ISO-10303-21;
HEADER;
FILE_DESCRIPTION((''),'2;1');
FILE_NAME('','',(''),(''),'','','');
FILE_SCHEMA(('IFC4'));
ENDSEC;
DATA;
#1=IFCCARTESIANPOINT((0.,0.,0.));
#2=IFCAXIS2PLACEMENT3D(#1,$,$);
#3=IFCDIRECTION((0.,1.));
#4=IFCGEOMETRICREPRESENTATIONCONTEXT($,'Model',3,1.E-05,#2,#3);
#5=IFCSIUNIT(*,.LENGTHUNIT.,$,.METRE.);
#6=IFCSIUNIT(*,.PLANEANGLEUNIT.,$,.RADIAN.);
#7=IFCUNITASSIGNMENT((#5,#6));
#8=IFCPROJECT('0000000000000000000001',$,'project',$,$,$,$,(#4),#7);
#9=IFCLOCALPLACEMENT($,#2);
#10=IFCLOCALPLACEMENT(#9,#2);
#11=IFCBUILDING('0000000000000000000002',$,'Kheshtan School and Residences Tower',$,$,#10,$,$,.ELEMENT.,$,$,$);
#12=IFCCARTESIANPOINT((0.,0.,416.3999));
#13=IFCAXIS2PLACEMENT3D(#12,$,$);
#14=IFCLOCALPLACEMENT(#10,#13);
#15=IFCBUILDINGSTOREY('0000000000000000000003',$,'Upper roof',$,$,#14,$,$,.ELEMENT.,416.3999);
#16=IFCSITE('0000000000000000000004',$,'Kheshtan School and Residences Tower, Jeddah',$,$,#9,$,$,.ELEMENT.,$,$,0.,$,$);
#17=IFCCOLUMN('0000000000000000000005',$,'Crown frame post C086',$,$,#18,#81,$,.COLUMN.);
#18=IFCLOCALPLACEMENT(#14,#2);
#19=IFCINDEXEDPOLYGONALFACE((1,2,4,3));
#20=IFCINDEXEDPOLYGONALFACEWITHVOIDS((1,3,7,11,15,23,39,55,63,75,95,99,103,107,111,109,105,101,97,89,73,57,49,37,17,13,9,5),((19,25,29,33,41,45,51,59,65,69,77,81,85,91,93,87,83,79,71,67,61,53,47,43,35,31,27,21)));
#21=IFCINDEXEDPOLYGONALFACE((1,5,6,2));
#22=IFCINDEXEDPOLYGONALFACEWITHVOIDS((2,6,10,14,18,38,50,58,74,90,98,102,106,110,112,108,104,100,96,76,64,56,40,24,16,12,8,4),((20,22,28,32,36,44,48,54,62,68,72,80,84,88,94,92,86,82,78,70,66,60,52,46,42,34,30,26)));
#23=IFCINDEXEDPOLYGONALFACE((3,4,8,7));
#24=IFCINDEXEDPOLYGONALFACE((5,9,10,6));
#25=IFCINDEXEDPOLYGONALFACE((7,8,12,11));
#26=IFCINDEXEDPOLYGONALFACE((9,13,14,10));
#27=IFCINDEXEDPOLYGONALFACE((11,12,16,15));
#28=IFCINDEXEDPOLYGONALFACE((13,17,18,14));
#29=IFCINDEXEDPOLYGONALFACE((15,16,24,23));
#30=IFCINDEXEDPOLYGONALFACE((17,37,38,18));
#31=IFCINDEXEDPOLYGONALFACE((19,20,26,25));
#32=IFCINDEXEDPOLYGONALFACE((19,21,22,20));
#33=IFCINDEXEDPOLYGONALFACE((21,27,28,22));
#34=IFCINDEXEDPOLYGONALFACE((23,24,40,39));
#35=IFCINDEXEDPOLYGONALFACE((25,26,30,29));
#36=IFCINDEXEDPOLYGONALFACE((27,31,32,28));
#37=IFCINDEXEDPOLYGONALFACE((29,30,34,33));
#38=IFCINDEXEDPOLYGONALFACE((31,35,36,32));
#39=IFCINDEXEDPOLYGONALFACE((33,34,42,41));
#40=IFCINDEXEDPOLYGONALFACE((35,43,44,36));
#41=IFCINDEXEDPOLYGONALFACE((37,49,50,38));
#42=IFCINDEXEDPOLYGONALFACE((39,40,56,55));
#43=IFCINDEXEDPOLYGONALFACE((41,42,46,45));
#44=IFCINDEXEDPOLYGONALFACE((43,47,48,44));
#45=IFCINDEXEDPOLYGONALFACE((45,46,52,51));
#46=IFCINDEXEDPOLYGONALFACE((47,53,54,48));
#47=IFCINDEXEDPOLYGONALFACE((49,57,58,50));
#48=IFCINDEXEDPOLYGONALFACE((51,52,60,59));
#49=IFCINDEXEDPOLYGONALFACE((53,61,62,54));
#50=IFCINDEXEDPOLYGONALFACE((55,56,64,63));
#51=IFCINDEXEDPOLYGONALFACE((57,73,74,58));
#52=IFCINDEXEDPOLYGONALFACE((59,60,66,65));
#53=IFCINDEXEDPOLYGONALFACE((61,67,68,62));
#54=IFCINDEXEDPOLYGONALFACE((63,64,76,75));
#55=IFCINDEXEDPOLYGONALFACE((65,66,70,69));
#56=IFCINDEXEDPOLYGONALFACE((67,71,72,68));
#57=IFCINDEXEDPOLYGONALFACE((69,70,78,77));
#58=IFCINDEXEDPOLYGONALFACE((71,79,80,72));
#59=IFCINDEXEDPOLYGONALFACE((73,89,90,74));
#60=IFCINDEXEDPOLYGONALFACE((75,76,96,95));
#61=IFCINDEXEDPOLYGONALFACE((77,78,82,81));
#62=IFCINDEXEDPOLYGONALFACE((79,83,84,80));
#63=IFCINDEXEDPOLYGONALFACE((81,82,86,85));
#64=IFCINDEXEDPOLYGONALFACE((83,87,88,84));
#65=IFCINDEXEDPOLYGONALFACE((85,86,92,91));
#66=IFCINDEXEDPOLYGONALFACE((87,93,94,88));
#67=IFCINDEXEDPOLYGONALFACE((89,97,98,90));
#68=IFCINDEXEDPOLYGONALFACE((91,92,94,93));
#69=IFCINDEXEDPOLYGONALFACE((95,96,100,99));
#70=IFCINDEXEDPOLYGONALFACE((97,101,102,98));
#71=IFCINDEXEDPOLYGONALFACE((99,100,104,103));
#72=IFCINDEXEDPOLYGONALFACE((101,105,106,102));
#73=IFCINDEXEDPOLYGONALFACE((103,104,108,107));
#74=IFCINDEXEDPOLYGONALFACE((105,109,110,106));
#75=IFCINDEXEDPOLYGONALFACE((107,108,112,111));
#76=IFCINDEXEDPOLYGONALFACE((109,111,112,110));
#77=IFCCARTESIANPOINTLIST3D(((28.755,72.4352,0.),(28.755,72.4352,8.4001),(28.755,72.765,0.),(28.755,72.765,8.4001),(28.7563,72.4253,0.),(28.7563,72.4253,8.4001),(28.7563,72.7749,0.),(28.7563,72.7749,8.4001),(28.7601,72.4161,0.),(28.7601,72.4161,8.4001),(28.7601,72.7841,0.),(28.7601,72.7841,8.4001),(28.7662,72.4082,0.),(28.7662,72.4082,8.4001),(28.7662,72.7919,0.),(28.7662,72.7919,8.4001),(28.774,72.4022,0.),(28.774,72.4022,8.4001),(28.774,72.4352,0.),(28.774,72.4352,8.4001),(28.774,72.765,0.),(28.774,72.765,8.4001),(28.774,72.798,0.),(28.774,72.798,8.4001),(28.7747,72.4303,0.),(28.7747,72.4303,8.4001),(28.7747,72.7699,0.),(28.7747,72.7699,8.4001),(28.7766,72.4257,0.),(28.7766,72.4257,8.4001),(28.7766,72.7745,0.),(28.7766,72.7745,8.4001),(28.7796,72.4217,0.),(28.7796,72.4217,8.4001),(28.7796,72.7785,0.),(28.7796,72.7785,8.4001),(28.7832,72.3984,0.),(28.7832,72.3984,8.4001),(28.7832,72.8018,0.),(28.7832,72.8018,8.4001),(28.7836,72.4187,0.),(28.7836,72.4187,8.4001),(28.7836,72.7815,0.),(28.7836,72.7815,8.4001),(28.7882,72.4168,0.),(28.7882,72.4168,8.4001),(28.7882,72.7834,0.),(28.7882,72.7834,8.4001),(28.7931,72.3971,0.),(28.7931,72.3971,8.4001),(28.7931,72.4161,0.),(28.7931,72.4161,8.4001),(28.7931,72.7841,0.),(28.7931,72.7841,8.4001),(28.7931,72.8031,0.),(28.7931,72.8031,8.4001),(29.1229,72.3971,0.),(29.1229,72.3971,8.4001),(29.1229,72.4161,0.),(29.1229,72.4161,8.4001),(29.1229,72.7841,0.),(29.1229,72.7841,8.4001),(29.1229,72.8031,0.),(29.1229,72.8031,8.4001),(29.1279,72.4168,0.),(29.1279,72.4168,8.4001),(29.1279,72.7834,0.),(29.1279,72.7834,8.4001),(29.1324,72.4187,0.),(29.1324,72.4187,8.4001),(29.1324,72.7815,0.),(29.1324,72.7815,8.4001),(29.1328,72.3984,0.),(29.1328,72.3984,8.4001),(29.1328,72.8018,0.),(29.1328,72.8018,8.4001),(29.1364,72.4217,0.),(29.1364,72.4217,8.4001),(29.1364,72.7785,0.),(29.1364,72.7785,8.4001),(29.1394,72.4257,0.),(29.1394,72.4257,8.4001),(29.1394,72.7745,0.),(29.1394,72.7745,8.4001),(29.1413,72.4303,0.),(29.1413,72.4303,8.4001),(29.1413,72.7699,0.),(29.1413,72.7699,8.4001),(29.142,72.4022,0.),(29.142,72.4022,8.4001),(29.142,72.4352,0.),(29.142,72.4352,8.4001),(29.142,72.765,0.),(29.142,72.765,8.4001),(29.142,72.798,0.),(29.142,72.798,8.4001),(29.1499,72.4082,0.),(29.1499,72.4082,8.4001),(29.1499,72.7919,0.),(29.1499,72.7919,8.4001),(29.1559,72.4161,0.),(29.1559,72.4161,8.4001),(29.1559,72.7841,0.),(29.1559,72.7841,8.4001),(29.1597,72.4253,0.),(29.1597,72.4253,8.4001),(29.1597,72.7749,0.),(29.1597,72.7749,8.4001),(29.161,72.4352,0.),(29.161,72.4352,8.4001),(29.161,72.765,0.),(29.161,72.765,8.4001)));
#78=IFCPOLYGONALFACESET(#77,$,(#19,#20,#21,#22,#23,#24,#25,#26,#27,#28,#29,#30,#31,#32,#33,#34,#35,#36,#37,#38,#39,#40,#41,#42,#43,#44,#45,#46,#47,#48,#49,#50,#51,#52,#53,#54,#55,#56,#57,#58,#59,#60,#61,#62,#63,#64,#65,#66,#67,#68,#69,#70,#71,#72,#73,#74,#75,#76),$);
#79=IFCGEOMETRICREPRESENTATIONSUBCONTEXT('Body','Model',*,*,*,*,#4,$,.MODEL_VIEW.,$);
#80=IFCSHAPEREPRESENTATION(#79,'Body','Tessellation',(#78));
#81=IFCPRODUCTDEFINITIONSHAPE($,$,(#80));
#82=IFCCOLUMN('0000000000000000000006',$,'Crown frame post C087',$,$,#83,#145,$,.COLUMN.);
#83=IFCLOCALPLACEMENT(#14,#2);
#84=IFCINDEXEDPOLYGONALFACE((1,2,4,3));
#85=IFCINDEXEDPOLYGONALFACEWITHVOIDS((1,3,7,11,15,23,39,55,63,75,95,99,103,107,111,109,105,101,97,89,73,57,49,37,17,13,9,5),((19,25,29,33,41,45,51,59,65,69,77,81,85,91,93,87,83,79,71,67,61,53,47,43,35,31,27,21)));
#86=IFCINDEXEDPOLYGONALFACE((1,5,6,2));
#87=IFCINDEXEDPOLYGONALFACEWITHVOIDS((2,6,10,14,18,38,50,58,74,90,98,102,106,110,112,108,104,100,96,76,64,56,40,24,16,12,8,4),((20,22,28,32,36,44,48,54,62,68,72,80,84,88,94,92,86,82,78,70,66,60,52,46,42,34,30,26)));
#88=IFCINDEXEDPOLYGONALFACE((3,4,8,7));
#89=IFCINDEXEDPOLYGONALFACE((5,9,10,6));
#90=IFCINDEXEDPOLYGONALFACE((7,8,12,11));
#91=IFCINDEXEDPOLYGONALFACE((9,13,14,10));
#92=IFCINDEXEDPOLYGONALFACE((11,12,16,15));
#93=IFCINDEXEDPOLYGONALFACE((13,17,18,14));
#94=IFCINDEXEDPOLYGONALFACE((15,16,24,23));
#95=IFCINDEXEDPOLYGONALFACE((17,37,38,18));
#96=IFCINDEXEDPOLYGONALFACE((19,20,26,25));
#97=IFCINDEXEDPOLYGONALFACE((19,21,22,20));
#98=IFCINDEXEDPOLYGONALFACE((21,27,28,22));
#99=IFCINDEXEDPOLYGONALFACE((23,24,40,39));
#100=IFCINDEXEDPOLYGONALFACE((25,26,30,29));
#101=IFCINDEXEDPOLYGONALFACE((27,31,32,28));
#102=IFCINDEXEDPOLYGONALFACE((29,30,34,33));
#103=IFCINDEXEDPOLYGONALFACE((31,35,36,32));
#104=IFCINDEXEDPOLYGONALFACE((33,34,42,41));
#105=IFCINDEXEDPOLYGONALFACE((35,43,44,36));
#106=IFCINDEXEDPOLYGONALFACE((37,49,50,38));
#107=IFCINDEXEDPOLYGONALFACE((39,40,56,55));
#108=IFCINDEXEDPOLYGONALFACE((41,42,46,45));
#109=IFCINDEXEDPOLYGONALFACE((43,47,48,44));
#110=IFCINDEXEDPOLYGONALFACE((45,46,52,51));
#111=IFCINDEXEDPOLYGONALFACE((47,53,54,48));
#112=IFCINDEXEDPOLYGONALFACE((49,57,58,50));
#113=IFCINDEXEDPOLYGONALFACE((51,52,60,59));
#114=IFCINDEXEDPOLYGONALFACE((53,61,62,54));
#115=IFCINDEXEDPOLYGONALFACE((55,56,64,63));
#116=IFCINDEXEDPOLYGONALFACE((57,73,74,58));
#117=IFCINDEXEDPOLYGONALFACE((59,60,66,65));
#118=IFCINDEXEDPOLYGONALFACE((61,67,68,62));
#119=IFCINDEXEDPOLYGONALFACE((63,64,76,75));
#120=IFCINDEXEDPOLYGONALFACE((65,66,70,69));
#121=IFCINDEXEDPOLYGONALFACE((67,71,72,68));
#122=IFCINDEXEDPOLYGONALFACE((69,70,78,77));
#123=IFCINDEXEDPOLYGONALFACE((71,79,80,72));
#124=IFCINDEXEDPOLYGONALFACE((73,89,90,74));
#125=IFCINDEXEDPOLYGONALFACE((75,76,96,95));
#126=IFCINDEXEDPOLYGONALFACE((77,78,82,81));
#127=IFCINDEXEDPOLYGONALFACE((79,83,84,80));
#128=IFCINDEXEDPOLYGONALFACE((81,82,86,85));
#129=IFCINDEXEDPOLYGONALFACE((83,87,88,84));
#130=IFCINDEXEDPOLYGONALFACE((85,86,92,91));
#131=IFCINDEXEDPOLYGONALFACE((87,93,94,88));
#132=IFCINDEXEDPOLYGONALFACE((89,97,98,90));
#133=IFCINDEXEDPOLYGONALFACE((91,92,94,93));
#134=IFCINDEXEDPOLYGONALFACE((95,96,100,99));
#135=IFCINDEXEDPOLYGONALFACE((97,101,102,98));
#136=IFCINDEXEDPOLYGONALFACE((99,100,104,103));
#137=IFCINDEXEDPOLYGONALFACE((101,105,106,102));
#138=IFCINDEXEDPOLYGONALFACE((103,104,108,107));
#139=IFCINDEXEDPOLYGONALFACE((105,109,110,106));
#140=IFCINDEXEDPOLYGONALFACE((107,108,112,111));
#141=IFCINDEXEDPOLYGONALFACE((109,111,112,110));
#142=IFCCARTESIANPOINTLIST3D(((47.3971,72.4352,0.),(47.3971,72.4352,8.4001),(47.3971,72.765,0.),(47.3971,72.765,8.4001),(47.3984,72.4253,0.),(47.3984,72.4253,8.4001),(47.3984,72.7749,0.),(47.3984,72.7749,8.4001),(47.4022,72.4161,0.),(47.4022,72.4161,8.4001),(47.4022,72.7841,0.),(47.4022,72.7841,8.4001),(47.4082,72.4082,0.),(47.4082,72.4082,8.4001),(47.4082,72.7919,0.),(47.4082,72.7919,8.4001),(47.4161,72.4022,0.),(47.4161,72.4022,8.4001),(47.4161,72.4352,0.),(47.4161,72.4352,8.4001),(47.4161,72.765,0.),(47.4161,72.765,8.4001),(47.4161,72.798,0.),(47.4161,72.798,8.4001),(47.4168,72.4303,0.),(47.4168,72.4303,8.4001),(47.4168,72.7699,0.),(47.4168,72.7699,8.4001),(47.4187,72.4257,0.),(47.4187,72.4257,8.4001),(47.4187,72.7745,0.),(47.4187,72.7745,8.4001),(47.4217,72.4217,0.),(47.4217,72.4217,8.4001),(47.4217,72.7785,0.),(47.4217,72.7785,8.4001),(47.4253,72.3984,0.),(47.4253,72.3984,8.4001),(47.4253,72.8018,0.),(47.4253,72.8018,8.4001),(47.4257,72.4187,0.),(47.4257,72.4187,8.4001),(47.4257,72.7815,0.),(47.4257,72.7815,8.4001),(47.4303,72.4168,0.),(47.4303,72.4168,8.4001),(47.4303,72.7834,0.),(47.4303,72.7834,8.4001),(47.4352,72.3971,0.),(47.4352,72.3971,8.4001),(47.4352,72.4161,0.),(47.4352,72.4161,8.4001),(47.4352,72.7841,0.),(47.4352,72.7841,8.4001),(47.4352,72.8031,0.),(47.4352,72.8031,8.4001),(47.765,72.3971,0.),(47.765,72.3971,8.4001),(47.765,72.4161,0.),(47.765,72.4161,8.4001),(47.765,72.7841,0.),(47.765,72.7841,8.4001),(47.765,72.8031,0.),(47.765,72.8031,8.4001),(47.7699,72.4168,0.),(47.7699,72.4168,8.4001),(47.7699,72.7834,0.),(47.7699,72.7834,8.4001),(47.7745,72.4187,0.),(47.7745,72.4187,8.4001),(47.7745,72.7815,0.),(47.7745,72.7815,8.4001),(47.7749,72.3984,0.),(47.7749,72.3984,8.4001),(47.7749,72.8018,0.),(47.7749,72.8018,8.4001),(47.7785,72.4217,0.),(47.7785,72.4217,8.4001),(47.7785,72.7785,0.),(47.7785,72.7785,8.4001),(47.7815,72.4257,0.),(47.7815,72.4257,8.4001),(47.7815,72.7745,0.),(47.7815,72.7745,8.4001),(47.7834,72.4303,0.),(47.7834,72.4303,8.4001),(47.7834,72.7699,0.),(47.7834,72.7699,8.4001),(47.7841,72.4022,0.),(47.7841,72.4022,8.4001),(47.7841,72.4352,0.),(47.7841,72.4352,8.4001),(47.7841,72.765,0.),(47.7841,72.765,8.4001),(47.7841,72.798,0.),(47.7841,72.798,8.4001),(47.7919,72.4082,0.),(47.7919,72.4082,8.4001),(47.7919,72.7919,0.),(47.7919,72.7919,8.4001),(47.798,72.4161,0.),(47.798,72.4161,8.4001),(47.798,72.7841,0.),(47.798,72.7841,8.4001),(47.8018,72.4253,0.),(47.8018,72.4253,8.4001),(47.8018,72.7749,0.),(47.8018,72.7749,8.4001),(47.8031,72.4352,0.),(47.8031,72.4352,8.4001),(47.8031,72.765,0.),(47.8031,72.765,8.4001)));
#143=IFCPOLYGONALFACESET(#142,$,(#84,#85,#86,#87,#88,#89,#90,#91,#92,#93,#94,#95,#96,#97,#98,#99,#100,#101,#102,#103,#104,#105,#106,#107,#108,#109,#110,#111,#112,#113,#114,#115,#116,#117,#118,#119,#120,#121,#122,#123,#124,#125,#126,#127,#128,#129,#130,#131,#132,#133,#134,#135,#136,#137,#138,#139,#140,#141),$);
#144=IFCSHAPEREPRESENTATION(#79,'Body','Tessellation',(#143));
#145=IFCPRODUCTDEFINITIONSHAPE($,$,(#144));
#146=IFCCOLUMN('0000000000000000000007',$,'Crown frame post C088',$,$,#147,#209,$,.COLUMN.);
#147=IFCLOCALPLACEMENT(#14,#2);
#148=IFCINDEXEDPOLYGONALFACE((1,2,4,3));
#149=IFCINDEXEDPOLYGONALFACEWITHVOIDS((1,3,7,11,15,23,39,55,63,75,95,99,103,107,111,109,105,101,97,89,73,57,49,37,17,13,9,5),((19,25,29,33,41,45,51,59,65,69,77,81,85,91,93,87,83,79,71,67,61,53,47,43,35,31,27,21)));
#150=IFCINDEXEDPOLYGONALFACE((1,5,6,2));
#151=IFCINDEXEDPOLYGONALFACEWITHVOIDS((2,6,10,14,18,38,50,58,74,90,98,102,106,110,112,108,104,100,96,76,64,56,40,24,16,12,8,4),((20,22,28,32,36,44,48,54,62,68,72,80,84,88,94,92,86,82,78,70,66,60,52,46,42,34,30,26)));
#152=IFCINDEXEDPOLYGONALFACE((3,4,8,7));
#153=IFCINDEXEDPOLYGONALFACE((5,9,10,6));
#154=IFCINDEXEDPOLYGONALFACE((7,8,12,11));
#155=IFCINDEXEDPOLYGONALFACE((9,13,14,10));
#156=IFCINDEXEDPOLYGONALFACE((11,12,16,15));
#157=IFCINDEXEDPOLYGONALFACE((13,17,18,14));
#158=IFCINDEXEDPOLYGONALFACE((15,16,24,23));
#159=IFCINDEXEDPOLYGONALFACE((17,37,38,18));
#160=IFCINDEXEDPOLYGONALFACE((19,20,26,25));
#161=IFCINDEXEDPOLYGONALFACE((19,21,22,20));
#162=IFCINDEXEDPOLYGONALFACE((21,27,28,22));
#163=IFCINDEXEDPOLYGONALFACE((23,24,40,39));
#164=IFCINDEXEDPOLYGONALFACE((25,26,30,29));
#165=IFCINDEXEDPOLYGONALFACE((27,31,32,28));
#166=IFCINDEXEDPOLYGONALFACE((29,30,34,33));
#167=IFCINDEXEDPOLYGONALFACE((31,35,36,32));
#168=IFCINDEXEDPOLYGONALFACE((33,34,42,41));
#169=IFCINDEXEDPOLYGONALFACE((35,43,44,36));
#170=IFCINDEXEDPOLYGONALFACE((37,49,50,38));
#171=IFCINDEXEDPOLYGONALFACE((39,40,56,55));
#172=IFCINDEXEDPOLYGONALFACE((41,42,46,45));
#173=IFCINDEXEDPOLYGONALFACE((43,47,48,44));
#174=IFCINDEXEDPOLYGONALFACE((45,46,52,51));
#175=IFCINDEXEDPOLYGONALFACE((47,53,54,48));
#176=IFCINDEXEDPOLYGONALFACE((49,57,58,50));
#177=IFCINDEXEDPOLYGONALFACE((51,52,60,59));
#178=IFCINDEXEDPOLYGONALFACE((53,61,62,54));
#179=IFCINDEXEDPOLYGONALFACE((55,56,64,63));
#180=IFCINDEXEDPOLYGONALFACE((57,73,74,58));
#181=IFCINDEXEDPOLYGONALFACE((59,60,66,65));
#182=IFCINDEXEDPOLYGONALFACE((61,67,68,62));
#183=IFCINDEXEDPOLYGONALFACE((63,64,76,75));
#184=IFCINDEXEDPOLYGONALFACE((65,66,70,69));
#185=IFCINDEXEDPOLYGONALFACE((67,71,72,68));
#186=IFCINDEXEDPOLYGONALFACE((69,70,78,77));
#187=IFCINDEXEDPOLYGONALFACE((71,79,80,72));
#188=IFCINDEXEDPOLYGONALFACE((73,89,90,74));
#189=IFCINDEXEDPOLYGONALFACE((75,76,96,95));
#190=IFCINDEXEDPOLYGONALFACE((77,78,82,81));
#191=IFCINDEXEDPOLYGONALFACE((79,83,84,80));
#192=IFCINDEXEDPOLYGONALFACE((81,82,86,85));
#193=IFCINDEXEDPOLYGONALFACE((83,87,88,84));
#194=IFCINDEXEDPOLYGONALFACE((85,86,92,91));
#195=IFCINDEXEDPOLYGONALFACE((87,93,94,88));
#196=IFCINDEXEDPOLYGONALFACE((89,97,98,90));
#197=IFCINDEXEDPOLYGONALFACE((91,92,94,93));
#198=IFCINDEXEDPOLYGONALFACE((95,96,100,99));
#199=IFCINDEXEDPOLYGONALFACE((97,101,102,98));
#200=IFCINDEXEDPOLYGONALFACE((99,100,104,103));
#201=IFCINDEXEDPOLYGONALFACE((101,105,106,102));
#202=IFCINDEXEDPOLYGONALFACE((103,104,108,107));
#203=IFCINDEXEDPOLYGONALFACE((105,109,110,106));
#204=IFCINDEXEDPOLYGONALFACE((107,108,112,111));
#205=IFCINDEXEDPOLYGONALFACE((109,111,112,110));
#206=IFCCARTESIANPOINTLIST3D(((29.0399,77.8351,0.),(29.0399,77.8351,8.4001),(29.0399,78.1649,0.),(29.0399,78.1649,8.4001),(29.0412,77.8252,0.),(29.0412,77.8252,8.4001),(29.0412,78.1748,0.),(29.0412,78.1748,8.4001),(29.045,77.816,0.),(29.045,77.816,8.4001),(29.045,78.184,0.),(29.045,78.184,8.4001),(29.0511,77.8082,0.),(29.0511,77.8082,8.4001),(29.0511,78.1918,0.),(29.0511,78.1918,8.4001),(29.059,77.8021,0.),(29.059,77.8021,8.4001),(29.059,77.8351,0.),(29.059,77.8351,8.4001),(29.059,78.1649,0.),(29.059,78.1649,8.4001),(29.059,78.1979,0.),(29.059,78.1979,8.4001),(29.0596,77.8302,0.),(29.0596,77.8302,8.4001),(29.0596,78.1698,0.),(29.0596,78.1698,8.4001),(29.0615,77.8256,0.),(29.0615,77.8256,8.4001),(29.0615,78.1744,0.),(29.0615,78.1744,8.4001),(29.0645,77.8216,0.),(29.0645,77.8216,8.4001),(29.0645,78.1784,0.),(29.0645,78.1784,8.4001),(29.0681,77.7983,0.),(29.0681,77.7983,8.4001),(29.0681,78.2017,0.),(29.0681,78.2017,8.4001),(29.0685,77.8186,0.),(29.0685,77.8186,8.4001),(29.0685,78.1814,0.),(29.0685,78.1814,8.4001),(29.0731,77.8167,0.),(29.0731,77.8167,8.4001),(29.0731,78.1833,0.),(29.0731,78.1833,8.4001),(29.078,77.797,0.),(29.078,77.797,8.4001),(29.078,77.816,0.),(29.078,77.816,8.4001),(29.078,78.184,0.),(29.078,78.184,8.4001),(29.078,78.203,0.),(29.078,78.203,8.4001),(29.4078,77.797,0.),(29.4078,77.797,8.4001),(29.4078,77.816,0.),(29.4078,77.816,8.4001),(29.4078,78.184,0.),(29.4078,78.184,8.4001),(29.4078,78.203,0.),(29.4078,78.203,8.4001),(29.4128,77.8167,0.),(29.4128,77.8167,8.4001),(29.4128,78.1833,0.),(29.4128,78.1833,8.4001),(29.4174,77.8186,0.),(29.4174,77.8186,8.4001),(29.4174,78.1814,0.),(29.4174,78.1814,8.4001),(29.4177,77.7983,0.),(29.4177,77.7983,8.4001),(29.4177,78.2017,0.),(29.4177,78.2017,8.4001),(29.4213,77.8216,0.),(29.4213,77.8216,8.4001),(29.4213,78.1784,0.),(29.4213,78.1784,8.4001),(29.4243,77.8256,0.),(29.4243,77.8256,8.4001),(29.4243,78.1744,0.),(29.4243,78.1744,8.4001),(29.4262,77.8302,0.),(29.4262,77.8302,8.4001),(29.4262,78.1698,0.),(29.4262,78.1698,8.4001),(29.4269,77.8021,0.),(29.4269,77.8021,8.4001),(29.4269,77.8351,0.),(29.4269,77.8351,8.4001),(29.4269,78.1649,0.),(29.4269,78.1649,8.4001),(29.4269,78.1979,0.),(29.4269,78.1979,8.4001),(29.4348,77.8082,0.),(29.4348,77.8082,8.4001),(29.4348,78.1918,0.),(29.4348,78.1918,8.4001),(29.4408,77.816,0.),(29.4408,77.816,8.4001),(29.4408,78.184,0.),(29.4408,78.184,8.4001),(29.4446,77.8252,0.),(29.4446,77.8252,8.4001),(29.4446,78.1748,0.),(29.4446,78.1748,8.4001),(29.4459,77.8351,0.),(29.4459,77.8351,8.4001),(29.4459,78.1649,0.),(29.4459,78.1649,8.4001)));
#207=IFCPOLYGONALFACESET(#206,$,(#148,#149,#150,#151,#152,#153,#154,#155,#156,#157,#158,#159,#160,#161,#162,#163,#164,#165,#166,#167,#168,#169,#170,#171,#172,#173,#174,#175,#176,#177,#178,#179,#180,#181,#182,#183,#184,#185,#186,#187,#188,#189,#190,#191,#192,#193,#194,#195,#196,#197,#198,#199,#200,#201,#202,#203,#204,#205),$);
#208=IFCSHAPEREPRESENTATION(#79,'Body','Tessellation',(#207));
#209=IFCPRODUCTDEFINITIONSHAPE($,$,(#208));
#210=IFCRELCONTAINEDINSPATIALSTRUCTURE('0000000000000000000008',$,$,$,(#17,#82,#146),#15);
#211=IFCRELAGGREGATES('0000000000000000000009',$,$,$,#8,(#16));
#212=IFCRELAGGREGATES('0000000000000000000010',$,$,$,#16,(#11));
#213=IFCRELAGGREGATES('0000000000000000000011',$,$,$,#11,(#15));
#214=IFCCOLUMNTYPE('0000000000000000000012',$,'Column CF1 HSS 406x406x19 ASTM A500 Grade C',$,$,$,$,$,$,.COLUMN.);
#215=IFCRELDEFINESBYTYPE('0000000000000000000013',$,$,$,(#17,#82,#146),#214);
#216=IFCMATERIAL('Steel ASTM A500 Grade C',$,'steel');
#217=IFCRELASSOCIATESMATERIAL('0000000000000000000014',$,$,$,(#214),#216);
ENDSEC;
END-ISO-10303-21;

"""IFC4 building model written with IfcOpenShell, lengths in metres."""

from ifc_helpers import new_model, si_unit, direction, frame, origin, origin_2d, place, context, subcontext, project, spatial, hollow_rectangle, extrude, material, material_profile, profile_set, type_object, element, save


model = new_model("IFC4")

# Units and contexts
model_context = context("Model", 3, precision=1e-05, world=origin(), true_north=direction((0.0, 1.0)))
body_context = subcontext(model_context, "Body", "Model", "MODEL_VIEW")
ifc_project = project(units=[si_unit("LENGTHUNIT", "METRE"), si_unit("PLANEANGLEUNIT", "RADIAN")], contexts=[model_context])

# Site, building, storey
site_placement = place(None, origin())
site = spatial("IfcSite", under=ifc_project, at=site_placement, Name="Kheshtan School and Residences Tower, Jeddah", CompositionType="ELEMENT", RefElevation=0.0)
building_placement = place(site_placement, origin())
building = spatial("IfcBuilding", under=site, at=building_placement, Name="Kheshtan School and Residences Tower", CompositionType="ELEMENT")
storey_placement = place(building_placement, frame((0.0, 0.0, 416.3999)))
storey = spatial("IfcBuildingStorey", under=building, at=storey_placement, Name="Upper roof", CompositionType="ELEMENT", Elevation=416.3999)

# Columns
ifc_material_1 = material(Name="Steel ASTM A500 Grade C", Category="steel")
ifc_material_profile = material_profile(ifc_material_1, hollow_rectangle(XDim=0.406, YDim=0.406, WallThickness=0.019, InnerFilletRadius=0.019, OuterFilletRadius=0.0381, at=origin_2d()), Name="HSS 406x406x19")
ifc_profile_set = profile_set([ifc_material_profile], Name="Steel ASTM A500 Grade C")
column_type = type_object("IfcColumnType", Name="Column CF1 HSS 406x406x19 ASTM A500 Grade C", PredefinedType="COLUMN", material=ifc_profile_set)
for number, where, z_axis, x_axis, name in (
    (1, (28.958, 72.6001, 0.0), (0.0, 0.0, 1.0), (1.0, 0.0, 0.0), "Crown frame post C086"),
    (2, (47.6001, 72.6001, 0.0), (0.0, 0.0, 1.0), (1.0, 0.0, 0.0), "Crown frame post C087"),
    (3, (29.2429, 78.0, 0.0), (0.0, 0.0, 1.0), (1.0, 0.0, 0.0), "Crown frame post C088"),
):
    element("IfcColumn", number, at=place(storey_placement, frame(where, z_axis=z_axis, x_axis=x_axis)), inside=storey, type_object=column_type, Name=name, PredefinedType="COLUMN", context=body_context, shape_type="SweptSolid", body=[
        extrude(hollow_rectangle(XDim=0.406, YDim=0.406, WallThickness=0.019, InnerFilletRadius=0.019, OuterFilletRadius=0.0381, at=origin_2d()), origin(), (0.0, 0.0, 1.0), 8.4001),
    ])

save(model, "model.ifc")
